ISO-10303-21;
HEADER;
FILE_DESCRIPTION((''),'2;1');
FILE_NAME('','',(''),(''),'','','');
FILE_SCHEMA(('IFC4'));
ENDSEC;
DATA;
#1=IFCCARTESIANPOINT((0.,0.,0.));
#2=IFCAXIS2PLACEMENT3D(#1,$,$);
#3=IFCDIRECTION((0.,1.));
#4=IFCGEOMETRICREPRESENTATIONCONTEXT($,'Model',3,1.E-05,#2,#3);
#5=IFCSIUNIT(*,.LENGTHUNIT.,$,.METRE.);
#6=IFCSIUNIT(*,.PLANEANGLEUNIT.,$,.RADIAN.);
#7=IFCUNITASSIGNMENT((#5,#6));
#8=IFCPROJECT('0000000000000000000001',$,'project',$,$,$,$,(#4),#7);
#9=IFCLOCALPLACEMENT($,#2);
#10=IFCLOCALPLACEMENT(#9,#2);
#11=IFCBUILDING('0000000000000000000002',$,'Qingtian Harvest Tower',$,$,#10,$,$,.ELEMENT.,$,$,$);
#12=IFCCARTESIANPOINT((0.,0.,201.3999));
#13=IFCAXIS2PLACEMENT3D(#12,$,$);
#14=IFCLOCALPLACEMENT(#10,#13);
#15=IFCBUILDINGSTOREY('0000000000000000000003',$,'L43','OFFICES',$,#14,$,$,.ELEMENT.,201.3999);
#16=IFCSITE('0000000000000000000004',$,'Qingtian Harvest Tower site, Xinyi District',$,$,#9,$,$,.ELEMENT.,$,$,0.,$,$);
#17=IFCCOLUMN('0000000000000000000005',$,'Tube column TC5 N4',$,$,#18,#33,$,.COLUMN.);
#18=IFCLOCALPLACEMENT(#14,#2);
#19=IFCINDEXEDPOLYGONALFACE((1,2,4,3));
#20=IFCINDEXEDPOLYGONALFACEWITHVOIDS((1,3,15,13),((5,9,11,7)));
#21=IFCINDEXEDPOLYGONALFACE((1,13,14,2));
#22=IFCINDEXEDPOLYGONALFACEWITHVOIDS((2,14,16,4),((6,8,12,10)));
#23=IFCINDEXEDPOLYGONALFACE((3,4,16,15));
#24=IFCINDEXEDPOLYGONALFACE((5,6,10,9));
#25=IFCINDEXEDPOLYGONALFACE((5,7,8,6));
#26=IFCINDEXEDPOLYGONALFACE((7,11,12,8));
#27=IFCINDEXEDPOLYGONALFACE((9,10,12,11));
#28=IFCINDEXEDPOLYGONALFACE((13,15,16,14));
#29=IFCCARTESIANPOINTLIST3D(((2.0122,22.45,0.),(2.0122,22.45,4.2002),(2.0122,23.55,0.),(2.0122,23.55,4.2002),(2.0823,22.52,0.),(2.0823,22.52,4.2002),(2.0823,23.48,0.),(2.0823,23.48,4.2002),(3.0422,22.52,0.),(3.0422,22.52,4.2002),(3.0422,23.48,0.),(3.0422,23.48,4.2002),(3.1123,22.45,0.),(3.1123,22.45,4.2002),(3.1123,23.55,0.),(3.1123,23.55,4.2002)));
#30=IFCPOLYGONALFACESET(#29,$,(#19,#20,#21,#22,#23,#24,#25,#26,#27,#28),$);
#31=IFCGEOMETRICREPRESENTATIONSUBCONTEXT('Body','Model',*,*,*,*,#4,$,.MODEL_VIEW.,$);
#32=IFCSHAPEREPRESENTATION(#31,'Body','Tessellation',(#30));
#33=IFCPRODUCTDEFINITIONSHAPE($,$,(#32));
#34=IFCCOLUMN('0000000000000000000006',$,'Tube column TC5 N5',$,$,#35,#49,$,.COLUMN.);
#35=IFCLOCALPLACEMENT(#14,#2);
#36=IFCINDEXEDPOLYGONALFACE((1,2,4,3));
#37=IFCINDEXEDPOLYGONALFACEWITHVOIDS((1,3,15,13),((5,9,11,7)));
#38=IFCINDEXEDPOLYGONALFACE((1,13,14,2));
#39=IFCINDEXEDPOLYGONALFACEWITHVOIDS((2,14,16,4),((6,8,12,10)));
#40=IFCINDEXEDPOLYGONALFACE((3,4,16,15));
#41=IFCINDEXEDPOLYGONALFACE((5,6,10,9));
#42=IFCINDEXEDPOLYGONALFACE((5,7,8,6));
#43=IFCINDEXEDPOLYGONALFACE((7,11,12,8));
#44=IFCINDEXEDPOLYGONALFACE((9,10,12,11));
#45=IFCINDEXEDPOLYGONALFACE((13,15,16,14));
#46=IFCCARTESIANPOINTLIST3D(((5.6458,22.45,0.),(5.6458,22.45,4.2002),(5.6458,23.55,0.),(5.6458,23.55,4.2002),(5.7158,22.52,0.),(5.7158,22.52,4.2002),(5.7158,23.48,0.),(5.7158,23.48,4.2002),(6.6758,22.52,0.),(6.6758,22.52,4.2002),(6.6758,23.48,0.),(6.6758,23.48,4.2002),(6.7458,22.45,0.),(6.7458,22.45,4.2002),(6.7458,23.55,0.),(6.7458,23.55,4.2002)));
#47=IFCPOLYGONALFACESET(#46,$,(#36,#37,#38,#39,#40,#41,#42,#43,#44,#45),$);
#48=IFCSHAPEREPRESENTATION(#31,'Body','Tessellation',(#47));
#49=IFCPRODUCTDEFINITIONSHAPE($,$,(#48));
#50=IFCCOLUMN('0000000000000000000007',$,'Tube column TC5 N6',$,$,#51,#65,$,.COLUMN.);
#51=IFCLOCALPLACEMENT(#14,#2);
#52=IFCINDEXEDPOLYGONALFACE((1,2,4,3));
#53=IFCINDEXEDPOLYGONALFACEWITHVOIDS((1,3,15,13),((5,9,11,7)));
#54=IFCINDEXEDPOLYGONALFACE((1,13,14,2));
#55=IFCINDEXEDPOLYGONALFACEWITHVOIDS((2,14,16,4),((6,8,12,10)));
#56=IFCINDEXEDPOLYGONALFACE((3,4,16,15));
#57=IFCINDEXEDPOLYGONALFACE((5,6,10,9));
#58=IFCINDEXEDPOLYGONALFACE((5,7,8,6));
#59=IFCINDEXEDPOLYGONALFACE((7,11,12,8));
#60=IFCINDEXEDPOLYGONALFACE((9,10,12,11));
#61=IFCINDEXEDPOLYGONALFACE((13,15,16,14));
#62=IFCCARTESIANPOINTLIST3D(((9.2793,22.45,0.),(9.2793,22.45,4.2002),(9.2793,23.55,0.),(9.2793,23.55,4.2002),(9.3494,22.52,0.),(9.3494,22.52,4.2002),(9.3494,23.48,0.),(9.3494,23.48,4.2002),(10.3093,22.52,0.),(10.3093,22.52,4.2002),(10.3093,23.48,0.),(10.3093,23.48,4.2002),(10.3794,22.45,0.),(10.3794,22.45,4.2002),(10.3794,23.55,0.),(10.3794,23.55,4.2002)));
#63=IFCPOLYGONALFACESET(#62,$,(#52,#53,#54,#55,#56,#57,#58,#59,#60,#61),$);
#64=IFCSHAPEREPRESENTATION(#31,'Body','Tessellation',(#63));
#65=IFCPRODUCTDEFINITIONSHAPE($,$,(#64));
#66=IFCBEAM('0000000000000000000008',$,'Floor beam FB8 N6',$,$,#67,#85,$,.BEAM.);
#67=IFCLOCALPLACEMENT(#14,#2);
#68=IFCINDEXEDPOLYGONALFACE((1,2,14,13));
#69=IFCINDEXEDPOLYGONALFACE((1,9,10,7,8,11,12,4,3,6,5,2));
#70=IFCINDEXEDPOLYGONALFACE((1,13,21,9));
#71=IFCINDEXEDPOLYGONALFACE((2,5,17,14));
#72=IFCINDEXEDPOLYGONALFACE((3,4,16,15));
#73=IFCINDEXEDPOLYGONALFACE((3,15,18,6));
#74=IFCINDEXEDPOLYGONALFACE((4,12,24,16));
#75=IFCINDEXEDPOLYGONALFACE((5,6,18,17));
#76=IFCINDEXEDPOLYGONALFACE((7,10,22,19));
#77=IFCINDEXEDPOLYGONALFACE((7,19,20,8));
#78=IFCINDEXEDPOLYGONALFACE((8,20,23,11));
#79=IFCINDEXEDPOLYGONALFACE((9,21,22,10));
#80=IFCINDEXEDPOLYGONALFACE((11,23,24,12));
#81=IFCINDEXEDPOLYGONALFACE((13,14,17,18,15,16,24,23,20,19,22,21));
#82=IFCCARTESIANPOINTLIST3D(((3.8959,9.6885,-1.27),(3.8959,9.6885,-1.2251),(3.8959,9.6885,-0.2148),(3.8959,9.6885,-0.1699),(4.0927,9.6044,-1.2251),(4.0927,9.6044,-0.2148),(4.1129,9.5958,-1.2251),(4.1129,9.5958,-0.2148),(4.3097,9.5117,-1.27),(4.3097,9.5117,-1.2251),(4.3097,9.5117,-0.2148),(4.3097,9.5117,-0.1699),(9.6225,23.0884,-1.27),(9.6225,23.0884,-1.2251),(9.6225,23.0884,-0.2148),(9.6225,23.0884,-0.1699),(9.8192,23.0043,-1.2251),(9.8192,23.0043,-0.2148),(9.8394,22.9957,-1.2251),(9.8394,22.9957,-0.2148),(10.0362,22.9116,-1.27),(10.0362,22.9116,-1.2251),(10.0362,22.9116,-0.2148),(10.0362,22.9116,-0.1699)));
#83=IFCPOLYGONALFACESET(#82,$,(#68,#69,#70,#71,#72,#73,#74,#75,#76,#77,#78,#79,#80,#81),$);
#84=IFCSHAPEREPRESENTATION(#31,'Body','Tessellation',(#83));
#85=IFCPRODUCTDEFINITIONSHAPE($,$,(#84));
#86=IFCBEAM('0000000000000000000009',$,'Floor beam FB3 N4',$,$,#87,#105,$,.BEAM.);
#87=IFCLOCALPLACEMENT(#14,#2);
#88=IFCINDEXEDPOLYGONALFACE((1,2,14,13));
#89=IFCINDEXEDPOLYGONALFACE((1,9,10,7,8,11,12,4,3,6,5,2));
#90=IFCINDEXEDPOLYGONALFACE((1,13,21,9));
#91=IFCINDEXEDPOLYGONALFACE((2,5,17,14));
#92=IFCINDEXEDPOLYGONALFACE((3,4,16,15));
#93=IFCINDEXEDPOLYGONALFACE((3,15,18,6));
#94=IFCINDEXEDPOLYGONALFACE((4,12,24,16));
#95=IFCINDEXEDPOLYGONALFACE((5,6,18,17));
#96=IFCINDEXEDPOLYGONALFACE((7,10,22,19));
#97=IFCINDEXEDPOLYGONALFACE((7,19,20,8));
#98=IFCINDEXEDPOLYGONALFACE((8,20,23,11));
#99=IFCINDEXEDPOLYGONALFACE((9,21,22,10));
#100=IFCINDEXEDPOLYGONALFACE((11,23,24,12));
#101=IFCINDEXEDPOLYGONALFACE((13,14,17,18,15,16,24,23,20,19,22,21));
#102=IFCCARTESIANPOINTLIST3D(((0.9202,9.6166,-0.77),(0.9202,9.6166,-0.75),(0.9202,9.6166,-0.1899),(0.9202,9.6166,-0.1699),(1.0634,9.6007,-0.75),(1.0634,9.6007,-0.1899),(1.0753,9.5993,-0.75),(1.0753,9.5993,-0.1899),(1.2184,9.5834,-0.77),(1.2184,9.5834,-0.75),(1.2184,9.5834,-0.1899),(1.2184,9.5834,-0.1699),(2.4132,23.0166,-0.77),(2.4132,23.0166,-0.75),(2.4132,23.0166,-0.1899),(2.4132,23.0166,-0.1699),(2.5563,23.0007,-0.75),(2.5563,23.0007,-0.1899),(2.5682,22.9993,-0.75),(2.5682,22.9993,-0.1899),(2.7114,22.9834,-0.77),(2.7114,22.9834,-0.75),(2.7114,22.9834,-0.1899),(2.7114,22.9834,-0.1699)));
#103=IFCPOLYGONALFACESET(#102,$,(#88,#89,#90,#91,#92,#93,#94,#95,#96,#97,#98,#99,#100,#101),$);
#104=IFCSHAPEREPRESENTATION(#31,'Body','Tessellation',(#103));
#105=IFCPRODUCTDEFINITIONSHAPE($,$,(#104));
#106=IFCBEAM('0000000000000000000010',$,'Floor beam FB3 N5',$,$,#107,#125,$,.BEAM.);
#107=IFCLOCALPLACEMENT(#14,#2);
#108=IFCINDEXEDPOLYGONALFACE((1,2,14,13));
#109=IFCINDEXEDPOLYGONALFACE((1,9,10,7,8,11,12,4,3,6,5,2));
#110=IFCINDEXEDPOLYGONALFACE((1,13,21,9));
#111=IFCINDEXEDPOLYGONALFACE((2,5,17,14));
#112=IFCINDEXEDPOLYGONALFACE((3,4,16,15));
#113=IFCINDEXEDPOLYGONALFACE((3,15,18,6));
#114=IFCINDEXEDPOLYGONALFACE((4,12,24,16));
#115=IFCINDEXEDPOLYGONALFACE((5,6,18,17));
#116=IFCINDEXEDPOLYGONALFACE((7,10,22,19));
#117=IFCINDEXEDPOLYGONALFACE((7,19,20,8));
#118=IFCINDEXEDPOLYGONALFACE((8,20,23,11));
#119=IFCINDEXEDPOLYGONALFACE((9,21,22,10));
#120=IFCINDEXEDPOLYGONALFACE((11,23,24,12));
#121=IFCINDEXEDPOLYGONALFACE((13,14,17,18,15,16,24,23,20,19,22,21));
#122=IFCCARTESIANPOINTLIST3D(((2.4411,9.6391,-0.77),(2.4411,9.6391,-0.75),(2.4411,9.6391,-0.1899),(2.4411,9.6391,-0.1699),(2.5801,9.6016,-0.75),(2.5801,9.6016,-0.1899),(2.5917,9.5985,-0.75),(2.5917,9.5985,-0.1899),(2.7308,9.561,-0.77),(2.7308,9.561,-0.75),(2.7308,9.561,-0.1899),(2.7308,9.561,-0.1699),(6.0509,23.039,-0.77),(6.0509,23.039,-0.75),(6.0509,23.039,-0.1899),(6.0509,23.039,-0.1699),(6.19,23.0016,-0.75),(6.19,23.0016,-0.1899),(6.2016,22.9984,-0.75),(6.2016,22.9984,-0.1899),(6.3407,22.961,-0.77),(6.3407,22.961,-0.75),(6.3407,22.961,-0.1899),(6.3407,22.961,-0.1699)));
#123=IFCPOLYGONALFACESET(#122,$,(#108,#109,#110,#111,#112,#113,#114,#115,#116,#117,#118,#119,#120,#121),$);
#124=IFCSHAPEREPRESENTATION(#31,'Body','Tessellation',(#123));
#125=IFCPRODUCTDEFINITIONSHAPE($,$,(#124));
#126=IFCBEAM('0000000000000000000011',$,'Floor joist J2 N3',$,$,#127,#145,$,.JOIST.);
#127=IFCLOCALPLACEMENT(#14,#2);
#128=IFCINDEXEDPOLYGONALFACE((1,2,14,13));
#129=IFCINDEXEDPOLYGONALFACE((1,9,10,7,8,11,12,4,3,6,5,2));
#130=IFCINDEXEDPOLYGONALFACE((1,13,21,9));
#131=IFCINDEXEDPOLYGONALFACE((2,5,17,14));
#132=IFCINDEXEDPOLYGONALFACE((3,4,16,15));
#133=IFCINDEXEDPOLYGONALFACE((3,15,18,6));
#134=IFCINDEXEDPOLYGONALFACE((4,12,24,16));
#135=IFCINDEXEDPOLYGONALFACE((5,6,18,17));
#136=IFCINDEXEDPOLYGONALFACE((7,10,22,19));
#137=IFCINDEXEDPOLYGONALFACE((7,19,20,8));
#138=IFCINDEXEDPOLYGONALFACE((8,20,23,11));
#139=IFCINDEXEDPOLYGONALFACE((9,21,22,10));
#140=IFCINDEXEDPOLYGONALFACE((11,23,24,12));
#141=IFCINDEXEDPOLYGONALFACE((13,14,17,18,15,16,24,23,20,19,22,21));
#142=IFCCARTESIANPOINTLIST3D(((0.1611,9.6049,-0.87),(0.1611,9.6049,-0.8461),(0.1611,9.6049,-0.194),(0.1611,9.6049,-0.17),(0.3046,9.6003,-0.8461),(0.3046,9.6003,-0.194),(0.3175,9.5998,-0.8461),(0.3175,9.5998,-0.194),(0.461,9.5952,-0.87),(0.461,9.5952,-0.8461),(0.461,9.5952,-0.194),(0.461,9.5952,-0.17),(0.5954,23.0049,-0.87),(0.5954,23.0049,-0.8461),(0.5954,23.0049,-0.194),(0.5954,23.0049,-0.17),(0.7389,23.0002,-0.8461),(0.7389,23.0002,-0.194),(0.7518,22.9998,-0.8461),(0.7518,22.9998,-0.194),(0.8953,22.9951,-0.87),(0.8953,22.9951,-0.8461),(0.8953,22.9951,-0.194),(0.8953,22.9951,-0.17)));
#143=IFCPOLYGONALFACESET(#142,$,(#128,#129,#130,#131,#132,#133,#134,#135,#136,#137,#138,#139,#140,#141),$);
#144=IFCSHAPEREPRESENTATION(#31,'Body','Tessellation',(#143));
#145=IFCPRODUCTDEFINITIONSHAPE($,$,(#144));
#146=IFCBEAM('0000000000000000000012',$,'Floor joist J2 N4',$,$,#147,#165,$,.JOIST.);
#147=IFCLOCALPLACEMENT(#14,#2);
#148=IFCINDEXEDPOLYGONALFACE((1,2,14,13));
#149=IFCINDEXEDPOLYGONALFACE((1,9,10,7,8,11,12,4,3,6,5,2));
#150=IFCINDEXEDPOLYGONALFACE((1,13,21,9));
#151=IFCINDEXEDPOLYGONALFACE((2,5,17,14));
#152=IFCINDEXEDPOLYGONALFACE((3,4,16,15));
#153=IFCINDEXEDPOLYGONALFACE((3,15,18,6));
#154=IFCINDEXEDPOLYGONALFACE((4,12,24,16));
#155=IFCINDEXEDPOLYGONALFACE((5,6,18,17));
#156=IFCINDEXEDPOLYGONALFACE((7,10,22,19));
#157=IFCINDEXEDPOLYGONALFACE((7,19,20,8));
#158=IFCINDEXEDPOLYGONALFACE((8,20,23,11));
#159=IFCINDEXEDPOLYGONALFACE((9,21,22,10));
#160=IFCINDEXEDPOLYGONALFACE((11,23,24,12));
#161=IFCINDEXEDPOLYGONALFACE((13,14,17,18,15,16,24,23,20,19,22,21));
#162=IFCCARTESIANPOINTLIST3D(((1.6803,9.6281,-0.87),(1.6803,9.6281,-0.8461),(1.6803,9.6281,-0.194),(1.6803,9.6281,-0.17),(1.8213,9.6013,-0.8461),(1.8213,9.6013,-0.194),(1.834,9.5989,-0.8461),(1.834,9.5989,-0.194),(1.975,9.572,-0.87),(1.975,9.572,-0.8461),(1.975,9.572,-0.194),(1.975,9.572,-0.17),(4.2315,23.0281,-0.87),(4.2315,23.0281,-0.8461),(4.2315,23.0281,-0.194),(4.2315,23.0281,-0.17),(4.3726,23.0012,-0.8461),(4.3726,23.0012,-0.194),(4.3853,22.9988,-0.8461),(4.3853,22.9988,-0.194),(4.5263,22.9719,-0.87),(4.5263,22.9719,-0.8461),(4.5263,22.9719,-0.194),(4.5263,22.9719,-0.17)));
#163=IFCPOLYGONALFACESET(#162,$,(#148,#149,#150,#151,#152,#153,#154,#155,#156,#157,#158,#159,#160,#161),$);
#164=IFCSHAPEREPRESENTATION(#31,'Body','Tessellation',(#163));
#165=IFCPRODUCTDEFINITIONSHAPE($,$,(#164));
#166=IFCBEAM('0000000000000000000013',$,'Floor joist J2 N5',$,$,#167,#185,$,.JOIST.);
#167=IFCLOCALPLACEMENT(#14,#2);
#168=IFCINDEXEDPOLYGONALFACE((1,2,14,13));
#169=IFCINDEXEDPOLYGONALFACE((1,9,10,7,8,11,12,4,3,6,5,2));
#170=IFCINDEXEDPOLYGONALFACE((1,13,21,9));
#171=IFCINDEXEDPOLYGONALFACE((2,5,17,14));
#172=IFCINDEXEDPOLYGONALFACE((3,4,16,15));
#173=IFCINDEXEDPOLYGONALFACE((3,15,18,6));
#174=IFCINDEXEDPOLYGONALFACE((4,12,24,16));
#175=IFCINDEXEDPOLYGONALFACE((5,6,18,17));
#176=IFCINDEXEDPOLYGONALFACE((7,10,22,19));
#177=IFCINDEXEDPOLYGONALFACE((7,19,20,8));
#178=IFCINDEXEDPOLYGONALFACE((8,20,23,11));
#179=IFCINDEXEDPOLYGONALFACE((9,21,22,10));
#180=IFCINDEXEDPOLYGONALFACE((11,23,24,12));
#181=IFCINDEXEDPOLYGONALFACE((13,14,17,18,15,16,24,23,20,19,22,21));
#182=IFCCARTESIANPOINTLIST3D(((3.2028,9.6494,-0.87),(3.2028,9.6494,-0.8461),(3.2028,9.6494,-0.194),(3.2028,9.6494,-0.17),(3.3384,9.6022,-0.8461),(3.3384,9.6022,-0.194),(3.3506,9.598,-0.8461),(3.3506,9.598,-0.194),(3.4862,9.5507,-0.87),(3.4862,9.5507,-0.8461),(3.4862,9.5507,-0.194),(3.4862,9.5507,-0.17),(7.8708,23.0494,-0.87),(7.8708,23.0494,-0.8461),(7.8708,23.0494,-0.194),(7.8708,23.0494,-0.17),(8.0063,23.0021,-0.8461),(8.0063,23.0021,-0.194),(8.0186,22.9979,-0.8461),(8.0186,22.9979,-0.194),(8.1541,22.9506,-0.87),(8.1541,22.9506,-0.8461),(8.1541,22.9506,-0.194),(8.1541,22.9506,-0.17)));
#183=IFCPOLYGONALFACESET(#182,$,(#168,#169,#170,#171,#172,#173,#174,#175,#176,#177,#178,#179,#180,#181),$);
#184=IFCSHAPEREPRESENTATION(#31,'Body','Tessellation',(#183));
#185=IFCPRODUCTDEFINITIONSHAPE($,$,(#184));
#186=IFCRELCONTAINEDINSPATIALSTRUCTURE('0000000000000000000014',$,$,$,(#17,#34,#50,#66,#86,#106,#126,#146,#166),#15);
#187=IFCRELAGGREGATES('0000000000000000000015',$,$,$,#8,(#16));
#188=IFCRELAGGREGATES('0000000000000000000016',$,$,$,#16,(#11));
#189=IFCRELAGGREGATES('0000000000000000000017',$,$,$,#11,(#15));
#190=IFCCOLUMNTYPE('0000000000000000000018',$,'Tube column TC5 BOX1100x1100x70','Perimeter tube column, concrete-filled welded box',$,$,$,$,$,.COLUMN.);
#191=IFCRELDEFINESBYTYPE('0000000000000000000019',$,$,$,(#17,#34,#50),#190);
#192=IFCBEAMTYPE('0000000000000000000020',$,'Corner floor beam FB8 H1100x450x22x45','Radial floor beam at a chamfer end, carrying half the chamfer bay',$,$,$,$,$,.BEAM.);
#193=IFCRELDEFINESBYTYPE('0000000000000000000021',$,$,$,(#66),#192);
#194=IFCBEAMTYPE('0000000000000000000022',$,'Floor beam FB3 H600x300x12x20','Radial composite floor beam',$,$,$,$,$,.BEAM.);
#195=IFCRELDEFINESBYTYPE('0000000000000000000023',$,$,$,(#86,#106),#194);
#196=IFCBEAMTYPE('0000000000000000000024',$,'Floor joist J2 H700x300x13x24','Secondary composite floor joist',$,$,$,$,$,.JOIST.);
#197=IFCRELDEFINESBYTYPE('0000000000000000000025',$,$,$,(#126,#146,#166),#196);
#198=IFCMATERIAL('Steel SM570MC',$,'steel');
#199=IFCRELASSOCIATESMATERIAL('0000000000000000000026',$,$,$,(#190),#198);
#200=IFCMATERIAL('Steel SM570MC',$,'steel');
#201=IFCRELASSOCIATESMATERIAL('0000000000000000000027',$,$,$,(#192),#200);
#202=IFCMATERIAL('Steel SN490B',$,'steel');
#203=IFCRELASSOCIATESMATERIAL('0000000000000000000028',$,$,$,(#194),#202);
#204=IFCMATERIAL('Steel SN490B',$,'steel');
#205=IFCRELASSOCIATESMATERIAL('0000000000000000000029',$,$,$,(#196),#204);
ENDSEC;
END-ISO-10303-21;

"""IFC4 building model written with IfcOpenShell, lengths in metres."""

from ifc_helpers import new_model, si_unit, direction, frame, origin, origin_2d, place, context, subcontext, project, spatial, hollow_rectangle, i_section, extrude, material, material_profile, profile_set, type_object, element, save


model = new_model("IFC4")

# Units and contexts
model_context = context("Model", 3, precision=1e-05, world=origin(), true_north=direction((0.0, 1.0)))
body_context = subcontext(model_context, "Body", "Model", "MODEL_VIEW")
ifc_project = project(units=[si_unit("LENGTHUNIT", "METRE"), si_unit("PLANEANGLEUNIT", "RADIAN")], contexts=[model_context])

# Site, building, storey
site_placement = place(None, origin())
site = spatial("IfcSite", under=ifc_project, at=site_placement, Name="Qingtian Harvest Tower site, Xinyi District", CompositionType="ELEMENT", RefElevation=0.0)
building_placement = place(site_placement, origin())
building = spatial("IfcBuilding", under=site, at=building_placement, Name="Qingtian Harvest Tower", CompositionType="ELEMENT")
storey_placement = place(building_placement, frame((0.0, 0.0, 201.3999)))
storey = spatial("IfcBuildingStorey", under=building, at=storey_placement, Name="L43", Description="OFFICES", CompositionType="ELEMENT", Elevation=201.3999)

# Columns
ifc_material_1 = material(Name="Steel SM570MC", Category="steel")
ifc_material_profile_1 = material_profile(ifc_material_1, hollow_rectangle(XDim=1.1001, YDim=1.1001, WallThickness=0.0701, at=origin_2d()), Name="BOX1100x1100x70")
ifc_profile_set_1 = profile_set([ifc_material_profile_1], Name="Steel SM570MC")
column_type = type_object("IfcColumnType", Name="Tube column TC5 BOX1100x1100x70", Description="Perimeter tube column, concrete-filled welded box", PredefinedType="COLUMN", material=ifc_profile_set_1)
for number, where, z_axis, x_axis, name in (
    (1, (2.5623, 23.0, 0.0), (0.0, 0.0, 1.0), (-1.0, 0.0, 0.0), "Tube column TC5 N4"),
    (2, (6.1958, 23.0, 0.0), (0.0, 0.0, 1.0), (-1.0, 0.0, 0.0), "Tube column TC5 N5"),
    (3, (9.8293, 23.0, 0.0), (0.0, 0.0, 1.0), (-1.0, 0.0, 0.0), "Tube column TC5 N6"),
):
    element("IfcColumn", number, at=place(storey_placement, frame(where, z_axis=z_axis, x_axis=x_axis)), inside=storey, type_object=column_type, Name=name, PredefinedType="COLUMN", context=body_context, shape_type="SweptSolid", body=[
        extrude(hollow_rectangle(XDim=1.1001, YDim=1.1001, WallThickness=0.0701, at=origin_2d()), origin(), (0.0, 0.0, 1.0), 4.2002),
    ])

# Beams
ifc_material_2 = material(Name="Steel SM570MC", Category="steel")
ifc_material_profile_2 = material_profile(ifc_material_2, i_section(OverallWidth=0.45, OverallDepth=1.1001, WebThickness=0.022, FlangeThickness=0.0449, at=origin_2d()), Name="H1100x450x22x45")
ifc_profile_set_2 = profile_set([ifc_material_profile_2], Name="Steel SM570MC")
beam_type_1 = type_object("IfcBeamType", Name="Corner floor beam FB8 H1100x450x22x45", Description="Radial floor beam at a chamfer end, carrying half the chamfer bay", PredefinedType="BEAM", material=ifc_profile_set_2)
beam_1_placement = place(storey_placement, frame((9.8293, 23.0, -0.72), z_axis=(-0.392977, -0.919548, 0.0), x_axis=(0.919548, -0.392977, 0.0)))
element("IfcBeam", 4, at=beam_1_placement, inside=storey, type_object=beam_type_1, Name="Floor beam FB8 N6", PredefinedType="BEAM", context=body_context, shape_type="SweptSolid", body=[
    extrude(i_section(OverallWidth=0.45, OverallDepth=1.1001, WebThickness=0.022, FlangeThickness=0.0449, at=origin_2d()), origin(), (0.0, 0.0, 1.0), 14.5723),
])
ifc_material_3 = material(Name="Steel SN490B", Category="steel")
ifc_material_profile_3 = material_profile(ifc_material_3, i_section(OverallWidth=0.3, OverallDepth=0.6001, WebThickness=0.012, FlangeThickness=0.02, at=origin_2d()), Name="H600x300x12x20")
ifc_profile_set_3 = profile_set([ifc_material_profile_3], Name="Steel SN490B")
beam_type_2 = type_object("IfcBeamType", Name="Floor beam FB3 H600x300x12x20", Description="Radial composite floor beam", PredefinedType="BEAM", material=ifc_profile_set_3)
beam_2_placement = place(storey_placement, frame((2.5623, 23.0, -0.47), z_axis=(-0.110728, -0.993851, 0.0), x_axis=(0.993851, -0.110728, 0.0)))
element("IfcBeam", 5, at=beam_2_placement, inside=storey, type_object=beam_type_2, Name="Floor beam FB3 N4", PredefinedType="BEAM", context=body_context, shape_type="SweptSolid", body=[
    extrude(i_section(OverallWidth=0.3, OverallDepth=0.6001, WebThickness=0.012, FlangeThickness=0.02, at=origin_2d()), origin(), (0.0, 0.0, 1.0), 13.4829),
])
beam_3_placement = place(storey_placement, frame((6.1958, 23.0, -0.47), z_axis=(-0.260121, -0.965576, 0.0), x_axis=(0.965576, -0.260121, 0.0)))
element("IfcBeam", 6, at=beam_3_placement, inside=storey, type_object=beam_type_2, Name="Floor beam FB3 N5", PredefinedType="BEAM", context=body_context, shape_type="SweptSolid", body=[
    extrude(i_section(OverallWidth=0.3, OverallDepth=0.6001, WebThickness=0.012, FlangeThickness=0.02, at=origin_2d()), origin(), (0.0, 0.0, 1.0), 13.8777),
])
ifc_material_4 = material(Name="Steel SN490B", Category="steel")
ifc_material_profile_4 = material_profile(ifc_material_4, i_section(OverallWidth=0.3, OverallDepth=0.7, WebThickness=0.0129, FlangeThickness=0.0239, at=origin_2d()), Name="H700x300x13x24")
ifc_profile_set_4 = profile_set([ifc_material_profile_4], Name="Steel SN490B")
beam_type_3 = type_object("IfcBeamType", Name="Floor joist J2 H700x300x13x24", Description="Secondary composite floor joist", PredefinedType="JOIST", material=ifc_profile_set_4)
beam_4_placement = place(storey_placement, frame((0.7454, 23.0, -0.52), z_axis=(-0.032396, -0.999475, 0.0), x_axis=(0.999475, -0.032396, 0.0)))
element("IfcBeam", 7, at=beam_4_placement, inside=storey, type_object=beam_type_3, Name="Floor joist J2 N3", PredefinedType="JOIST", context=body_context, shape_type="SweptSolid", body=[
    extrude(i_section(OverallWidth=0.3, OverallDepth=0.7, WebThickness=0.0129, FlangeThickness=0.0239, at=origin_2d()), origin(), (0.0, 0.0, 1.0), 13.407),
])
beam_5_placement = place(storey_placement, frame((4.3789, 23.0, -0.52), z_axis=(-0.187035, -0.982353, 0.0), x_axis=(0.982353, -0.187035, 0.0)))
element("IfcBeam", 8, at=beam_5_placement, inside=storey, type_object=beam_type_3, Name="Floor joist J2 N4", PredefinedType="JOIST", context=body_context, shape_type="SweptSolid", body=[
    extrude(i_section(OverallWidth=0.3, OverallDepth=0.7, WebThickness=0.0129, FlangeThickness=0.0239, at=origin_2d()), origin(), (0.0, 0.0, 1.0), 13.6406),
])
beam_6_placement = place(storey_placement, frame((8.0125, 23.0, -0.52), z_axis=(-0.328969, -0.944341, 0.0), x_axis=(0.944341, -0.328969, 0.0)))
element("IfcBeam", 9, at=beam_6_placement, inside=storey, type_object=beam_type_3, Name="Floor joist J2 N5", PredefinedType="JOIST", context=body_context, shape_type="SweptSolid", body=[
    extrude(i_section(OverallWidth=0.3, OverallDepth=0.7, WebThickness=0.0129, FlangeThickness=0.0239, at=origin_2d()), origin(), (0.0, 0.0, 1.0), 14.1897),
])

save(model, "model.ifc")
